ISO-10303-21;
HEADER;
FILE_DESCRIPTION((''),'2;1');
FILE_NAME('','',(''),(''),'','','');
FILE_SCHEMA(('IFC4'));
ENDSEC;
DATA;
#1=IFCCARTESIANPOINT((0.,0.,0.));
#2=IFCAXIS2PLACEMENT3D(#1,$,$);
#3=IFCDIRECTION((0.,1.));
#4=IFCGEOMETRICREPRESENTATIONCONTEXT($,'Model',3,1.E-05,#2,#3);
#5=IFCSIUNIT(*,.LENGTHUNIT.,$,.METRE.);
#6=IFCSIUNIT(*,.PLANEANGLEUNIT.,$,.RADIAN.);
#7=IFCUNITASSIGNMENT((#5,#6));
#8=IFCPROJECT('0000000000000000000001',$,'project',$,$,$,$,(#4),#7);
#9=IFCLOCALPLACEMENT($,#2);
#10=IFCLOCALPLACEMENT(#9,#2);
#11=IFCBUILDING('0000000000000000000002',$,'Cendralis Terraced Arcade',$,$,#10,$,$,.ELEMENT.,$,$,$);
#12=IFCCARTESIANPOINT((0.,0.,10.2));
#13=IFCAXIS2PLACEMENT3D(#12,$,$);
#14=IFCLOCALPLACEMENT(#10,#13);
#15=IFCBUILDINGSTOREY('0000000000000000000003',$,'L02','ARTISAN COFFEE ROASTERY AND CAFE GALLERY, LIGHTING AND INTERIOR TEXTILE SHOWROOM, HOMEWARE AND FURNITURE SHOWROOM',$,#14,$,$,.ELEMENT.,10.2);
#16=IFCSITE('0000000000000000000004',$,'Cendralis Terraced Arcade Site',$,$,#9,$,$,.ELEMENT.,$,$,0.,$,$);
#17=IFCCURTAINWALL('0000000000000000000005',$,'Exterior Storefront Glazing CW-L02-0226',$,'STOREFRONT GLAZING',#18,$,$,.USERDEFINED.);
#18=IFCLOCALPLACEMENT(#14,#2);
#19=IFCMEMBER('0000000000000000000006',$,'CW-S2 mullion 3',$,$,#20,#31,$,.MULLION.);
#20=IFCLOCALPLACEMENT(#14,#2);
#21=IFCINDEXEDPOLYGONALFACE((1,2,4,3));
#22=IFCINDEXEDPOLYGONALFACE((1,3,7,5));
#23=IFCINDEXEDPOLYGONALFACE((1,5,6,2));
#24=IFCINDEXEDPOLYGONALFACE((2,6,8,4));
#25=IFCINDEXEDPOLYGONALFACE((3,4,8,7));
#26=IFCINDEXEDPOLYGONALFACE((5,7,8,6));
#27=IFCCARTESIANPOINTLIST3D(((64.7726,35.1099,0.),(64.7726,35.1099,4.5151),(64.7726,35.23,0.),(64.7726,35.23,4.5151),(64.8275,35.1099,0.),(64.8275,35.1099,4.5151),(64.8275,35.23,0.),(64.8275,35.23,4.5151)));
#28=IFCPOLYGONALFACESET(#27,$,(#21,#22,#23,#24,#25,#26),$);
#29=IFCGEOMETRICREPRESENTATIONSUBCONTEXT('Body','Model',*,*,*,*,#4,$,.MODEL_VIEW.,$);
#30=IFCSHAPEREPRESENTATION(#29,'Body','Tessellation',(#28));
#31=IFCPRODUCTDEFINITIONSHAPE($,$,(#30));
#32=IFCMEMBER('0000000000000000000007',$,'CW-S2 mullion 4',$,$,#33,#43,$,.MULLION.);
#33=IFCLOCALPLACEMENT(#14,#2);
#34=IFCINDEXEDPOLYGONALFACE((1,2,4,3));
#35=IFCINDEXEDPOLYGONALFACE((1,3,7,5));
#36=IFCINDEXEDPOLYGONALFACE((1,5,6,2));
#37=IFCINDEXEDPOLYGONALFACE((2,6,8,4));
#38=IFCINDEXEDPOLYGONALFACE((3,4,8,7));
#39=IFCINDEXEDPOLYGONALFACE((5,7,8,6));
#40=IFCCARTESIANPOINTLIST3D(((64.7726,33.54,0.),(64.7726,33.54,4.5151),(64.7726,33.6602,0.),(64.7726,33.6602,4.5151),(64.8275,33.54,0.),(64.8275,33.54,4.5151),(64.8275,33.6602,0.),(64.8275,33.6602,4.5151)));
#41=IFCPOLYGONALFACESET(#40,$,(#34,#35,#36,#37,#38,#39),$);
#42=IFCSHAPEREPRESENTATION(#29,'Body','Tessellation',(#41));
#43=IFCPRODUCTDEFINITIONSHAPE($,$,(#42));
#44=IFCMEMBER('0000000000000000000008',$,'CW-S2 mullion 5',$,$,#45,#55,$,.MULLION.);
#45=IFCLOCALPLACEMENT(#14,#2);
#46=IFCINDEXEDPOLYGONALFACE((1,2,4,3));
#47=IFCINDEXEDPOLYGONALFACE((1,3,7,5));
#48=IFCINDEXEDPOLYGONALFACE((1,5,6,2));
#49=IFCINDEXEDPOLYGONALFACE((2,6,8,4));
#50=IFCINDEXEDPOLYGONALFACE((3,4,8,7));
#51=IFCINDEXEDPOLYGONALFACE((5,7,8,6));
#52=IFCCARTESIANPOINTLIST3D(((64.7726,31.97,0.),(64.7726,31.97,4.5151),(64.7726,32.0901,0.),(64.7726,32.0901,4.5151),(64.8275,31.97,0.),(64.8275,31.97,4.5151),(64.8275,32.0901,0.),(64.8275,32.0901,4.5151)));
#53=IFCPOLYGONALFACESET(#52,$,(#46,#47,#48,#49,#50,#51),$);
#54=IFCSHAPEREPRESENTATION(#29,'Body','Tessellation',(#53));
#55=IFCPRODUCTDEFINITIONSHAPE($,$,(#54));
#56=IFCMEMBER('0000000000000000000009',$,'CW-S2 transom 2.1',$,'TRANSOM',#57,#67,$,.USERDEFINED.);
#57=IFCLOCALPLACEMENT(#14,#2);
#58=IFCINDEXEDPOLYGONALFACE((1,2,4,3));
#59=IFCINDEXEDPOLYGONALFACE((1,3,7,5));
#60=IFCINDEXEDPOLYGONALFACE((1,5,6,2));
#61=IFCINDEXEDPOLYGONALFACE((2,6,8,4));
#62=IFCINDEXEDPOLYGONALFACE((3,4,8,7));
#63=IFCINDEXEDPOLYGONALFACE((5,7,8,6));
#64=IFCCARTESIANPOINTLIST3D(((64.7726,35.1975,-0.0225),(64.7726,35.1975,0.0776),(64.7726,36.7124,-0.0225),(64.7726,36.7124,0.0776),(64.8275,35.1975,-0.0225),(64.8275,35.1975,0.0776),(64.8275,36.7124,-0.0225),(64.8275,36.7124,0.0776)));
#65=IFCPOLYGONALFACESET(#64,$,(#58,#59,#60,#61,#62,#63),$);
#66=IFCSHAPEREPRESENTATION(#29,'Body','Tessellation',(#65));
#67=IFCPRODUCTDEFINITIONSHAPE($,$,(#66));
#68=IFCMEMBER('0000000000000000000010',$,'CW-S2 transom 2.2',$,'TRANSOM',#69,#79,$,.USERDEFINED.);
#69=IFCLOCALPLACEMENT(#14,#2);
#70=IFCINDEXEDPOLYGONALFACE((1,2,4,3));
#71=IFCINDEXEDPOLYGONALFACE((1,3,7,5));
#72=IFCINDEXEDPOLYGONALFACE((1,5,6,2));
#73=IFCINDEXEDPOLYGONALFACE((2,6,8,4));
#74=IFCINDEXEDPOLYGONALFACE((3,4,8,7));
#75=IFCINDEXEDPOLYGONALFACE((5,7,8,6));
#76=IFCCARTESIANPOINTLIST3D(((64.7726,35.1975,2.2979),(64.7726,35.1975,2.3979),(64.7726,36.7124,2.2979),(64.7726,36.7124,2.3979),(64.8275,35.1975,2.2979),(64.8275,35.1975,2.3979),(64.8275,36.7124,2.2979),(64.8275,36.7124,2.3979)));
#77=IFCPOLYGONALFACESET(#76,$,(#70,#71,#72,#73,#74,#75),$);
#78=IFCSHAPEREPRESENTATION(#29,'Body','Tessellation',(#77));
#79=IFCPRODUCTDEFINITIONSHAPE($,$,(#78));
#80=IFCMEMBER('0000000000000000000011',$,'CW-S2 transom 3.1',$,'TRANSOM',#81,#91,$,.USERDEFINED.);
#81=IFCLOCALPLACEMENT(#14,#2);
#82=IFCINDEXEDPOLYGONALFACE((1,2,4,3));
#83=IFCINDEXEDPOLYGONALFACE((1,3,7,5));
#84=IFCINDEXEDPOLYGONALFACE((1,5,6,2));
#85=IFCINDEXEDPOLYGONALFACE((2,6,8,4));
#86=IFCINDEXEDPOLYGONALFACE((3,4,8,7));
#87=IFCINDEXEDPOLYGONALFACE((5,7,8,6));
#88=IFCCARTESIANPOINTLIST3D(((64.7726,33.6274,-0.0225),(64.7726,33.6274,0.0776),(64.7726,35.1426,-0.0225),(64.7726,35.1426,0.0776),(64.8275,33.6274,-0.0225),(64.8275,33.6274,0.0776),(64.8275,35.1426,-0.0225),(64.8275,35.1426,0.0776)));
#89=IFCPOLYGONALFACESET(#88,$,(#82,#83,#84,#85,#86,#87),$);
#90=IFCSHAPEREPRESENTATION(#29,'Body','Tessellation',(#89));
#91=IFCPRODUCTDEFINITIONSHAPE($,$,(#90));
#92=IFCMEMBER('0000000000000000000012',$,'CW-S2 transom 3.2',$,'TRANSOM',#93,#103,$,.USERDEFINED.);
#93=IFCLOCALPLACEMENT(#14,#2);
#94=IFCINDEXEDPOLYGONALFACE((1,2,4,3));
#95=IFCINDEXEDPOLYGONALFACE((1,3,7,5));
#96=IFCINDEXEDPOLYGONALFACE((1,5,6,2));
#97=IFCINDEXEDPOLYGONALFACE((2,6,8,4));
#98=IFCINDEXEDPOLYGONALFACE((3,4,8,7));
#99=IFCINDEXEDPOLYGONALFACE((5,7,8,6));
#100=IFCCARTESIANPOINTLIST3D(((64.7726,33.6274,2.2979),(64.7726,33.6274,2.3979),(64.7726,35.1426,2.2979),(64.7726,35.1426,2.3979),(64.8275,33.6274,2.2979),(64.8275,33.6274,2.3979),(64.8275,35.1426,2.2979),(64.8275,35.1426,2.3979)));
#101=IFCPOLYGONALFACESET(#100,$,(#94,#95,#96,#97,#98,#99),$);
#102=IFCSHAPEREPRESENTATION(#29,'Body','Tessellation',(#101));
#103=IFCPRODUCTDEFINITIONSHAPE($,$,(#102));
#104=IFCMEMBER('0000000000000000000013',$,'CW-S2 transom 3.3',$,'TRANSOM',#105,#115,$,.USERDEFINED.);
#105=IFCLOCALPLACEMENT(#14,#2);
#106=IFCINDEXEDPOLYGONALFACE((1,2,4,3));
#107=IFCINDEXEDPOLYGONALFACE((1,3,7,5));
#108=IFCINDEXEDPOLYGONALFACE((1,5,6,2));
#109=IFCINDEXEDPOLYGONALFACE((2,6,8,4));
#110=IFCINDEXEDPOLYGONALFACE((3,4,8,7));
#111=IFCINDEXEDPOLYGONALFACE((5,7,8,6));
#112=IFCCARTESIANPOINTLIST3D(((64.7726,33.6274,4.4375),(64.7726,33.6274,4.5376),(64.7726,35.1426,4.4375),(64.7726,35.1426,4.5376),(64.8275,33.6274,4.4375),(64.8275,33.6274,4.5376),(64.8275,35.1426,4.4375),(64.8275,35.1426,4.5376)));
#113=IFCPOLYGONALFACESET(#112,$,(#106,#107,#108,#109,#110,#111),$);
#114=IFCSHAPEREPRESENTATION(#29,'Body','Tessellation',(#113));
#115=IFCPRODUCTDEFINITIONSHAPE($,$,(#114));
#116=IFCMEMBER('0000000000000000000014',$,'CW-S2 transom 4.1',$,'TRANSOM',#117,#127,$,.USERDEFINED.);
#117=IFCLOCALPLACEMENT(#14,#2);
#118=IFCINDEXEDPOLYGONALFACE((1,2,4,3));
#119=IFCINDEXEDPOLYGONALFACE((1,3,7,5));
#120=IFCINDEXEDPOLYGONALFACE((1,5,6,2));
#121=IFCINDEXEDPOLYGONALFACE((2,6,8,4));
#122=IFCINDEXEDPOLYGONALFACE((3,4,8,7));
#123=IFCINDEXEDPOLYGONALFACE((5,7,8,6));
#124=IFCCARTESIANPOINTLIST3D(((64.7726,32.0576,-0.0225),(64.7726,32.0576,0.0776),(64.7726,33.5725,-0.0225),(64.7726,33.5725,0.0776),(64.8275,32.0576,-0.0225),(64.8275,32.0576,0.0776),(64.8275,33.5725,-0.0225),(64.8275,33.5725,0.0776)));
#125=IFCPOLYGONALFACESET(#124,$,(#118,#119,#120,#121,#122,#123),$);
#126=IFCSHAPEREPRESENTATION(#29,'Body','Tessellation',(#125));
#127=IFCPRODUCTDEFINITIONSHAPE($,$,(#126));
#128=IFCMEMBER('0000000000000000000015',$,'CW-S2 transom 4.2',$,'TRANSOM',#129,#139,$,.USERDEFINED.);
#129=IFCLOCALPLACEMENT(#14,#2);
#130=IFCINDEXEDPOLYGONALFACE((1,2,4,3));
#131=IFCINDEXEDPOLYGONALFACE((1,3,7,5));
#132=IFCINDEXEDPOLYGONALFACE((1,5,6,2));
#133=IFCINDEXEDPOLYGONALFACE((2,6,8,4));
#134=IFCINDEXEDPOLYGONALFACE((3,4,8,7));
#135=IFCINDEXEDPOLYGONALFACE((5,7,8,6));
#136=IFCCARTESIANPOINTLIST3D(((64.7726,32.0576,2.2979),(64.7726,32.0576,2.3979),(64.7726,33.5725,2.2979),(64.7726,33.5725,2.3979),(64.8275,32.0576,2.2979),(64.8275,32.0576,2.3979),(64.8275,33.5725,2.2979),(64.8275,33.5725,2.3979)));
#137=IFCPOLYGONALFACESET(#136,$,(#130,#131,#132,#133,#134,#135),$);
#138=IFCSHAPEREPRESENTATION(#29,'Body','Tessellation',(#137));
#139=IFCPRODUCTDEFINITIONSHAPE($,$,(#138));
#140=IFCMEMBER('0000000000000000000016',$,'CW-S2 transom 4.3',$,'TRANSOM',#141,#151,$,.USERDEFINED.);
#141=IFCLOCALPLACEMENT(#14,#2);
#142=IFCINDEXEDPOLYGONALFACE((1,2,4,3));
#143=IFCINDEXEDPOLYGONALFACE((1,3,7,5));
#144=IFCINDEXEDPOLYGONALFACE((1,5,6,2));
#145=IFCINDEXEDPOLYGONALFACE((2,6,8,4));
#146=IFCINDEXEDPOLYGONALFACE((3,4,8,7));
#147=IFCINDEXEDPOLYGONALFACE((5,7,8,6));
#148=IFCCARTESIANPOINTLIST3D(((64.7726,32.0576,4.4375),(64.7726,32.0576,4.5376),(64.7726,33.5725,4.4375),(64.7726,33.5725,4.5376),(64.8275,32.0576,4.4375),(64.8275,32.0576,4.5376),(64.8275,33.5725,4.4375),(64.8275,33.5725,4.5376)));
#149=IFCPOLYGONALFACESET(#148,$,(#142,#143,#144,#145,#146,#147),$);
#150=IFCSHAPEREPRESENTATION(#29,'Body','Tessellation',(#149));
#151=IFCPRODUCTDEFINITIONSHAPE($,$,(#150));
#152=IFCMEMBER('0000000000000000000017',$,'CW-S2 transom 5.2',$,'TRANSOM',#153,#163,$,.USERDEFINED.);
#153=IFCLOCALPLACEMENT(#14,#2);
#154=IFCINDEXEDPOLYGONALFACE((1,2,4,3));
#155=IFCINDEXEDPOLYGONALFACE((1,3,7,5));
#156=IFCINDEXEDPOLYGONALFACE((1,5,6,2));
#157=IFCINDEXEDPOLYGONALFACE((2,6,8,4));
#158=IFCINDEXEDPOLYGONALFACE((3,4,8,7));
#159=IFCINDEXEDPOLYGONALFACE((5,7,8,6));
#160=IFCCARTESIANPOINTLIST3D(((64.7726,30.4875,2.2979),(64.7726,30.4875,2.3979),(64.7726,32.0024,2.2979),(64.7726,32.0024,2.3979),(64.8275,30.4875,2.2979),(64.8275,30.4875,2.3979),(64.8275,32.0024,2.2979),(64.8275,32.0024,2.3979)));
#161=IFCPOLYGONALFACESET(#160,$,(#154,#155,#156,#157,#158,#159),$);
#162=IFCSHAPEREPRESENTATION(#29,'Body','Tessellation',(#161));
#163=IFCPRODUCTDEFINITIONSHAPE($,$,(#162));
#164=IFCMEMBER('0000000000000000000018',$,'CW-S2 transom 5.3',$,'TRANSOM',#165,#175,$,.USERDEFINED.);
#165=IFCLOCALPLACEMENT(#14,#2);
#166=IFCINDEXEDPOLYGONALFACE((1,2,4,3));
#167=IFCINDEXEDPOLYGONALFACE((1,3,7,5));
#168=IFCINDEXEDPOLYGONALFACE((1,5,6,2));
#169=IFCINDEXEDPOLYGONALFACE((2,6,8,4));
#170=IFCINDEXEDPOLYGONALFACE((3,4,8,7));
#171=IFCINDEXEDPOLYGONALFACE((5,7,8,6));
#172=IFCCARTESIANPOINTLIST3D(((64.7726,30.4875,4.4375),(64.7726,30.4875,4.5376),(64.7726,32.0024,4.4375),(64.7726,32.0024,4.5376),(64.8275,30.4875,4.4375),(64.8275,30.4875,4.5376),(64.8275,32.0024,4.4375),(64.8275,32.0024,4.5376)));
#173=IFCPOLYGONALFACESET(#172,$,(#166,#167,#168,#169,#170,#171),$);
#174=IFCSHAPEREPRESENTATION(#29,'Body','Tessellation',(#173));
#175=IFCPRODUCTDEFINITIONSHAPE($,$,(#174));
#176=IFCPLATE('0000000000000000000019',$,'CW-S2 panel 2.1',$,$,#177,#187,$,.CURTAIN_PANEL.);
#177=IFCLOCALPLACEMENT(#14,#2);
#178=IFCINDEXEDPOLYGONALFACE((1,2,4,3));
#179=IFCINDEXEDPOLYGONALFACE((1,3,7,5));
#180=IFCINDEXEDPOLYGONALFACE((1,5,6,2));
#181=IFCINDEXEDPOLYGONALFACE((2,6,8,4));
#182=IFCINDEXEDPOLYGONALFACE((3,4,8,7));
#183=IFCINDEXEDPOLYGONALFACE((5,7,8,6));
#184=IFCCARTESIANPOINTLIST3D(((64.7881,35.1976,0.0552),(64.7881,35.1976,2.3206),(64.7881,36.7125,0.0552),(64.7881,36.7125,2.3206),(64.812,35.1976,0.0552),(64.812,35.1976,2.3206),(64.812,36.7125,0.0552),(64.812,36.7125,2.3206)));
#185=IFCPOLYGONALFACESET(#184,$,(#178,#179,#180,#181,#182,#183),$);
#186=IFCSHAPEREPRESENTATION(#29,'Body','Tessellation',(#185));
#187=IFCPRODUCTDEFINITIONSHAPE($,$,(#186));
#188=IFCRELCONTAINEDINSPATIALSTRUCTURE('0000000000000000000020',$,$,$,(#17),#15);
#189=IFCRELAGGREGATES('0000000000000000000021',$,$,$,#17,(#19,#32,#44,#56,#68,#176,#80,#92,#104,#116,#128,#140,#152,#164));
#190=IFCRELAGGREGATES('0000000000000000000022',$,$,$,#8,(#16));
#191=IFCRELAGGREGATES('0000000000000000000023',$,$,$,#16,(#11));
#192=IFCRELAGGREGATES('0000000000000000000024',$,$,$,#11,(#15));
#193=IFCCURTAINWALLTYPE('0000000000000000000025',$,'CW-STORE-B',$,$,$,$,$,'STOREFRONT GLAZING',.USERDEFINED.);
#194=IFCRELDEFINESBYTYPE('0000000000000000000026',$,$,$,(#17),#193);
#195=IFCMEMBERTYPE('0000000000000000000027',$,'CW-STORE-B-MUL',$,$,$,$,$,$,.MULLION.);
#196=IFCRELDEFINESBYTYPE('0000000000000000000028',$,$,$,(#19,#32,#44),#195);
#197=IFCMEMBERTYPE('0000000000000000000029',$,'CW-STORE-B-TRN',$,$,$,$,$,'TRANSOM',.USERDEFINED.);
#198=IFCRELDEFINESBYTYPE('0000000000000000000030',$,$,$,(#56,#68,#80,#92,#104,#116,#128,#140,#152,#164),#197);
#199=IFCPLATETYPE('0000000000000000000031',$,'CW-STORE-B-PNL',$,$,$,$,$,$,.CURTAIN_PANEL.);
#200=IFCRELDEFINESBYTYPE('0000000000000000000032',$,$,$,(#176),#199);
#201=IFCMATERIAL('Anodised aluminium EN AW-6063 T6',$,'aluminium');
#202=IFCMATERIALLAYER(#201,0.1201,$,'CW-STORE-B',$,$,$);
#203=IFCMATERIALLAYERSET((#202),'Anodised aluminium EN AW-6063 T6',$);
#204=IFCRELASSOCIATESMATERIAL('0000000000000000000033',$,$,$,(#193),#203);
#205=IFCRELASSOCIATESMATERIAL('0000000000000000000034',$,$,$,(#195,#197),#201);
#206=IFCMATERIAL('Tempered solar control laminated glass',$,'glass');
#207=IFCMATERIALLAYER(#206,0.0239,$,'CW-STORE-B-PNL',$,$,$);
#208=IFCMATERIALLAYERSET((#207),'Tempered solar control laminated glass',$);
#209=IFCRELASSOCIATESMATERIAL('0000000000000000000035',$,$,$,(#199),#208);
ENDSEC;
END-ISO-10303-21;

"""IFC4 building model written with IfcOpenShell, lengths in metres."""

from ifc_helpers import new_model, si_unit, direction, frame, origin, origin_2d, place, context, subcontext, project, spatial, rectangle, extrude, material, layer, layer_set, material_profile, profile_set, type_object, element, aggregate, save


model = new_model("IFC4")

# Units and contexts
model_context = context("Model", 3, precision=1e-05, world=origin(), true_north=direction((0.0, 1.0)))
body_context = subcontext(model_context, "Body", "Model", "MODEL_VIEW")
ifc_project = project(units=[si_unit("LENGTHUNIT", "METRE"), si_unit("PLANEANGLEUNIT", "RADIAN")], contexts=[model_context])

# Site, building, storey
site_placement = place(None, origin())
site = spatial("IfcSite", under=ifc_project, at=site_placement, Name="Cendralis Terraced Arcade Site", CompositionType="ELEMENT", RefElevation=0.0)
building_placement = place(site_placement, origin())
building = spatial("IfcBuilding", under=site, at=building_placement, Name="Cendralis Terraced Arcade", CompositionType="ELEMENT")
storey_placement = place(building_placement, frame((0.0, 0.0, 10.2)))
storey = spatial("IfcBuildingStorey", under=building, at=storey_placement, Name="L02", Description="ARTISAN COFFEE ROASTERY AND CAFE GALLERY, LIGHTING AND INTERIOR TEXTILE SHOWROOM, HOMEWARE AND FURNITURE SHOWROOM", CompositionType="ELEMENT", Elevation=10.2)

# Curtain wall, members, plate
ifc_material_1 = material(Name="Anodised aluminium EN AW-6063 T6", Category="aluminium")
ifc_layer_1 = layer(ifc_material_1, 0.1201, Name="CW-STORE-B")
ifc_layer_set_1 = layer_set([ifc_layer_1], Name="Anodised aluminium EN AW-6063 T6")
curtain_wall_type = type_object("IfcCurtainWallType", Name="CW-STORE-B", ElementType="STOREFRONT GLAZING", PredefinedType="USERDEFINED", material=ifc_layer_set_1)
curtain_wall_placement = place(storey_placement, origin())
curtain_wall = element("IfcCurtainWall", 1, at=curtain_wall_placement, inside=storey, type_object=curtain_wall_type, Name="Exterior Storefront Glazing CW-L02-0226", ObjectType="STOREFRONT GLAZING", PredefinedType="USERDEFINED")
ifc_material_profile_1 = material_profile(ifc_material_1, rectangle(XDim=0.0549, YDim=0.1201, at=origin_2d()), Name="ALU-MUL-55x120")
ifc_profile_set_1 = profile_set([ifc_material_profile_1], Name="Anodised aluminium EN AW-6063 T6")
member_type_1 = type_object("IfcMemberType", Name="CW-STORE-B-MUL", PredefinedType="MULLION", material=ifc_profile_set_1)
member_1_placement = place(storey_placement, frame((64.8, 35.1699, 0.0), z_axis=(0.0, 0.0, 1.0), x_axis=(1.0, 0.0, 0.0)))
member_1 = element("IfcMember", 2, at=member_1_placement, type_object=member_type_1, Name="CW-S2 mullion 3", PredefinedType="MULLION", context=body_context, shape_type="SweptSolid", body=[
    extrude(rectangle(XDim=0.0549, YDim=0.1201, at=origin_2d()), origin(), (0.0, 0.0, 1.0), 4.5151),
])
member_2_placement = place(storey_placement, frame((64.8, 33.6001, 0.0), z_axis=(0.0, 0.0, 1.0), x_axis=(1.0, 0.0, 0.0)))
member_2 = element("IfcMember", 3, at=member_2_placement, type_object=member_type_1, Name="CW-S2 mullion 4", PredefinedType="MULLION", context=body_context, shape_type="SweptSolid", body=[
    extrude(rectangle(XDim=0.0549, YDim=0.1201, at=origin_2d()), origin(), (0.0, 0.0, 1.0), 4.5151),
])
member_3_placement = place(storey_placement, frame((64.8, 32.03, 0.0), z_axis=(0.0, 0.0, 1.0), x_axis=(1.0, 0.0, 0.0)))
member_3 = element("IfcMember", 4, at=member_3_placement, type_object=member_type_1, Name="CW-S2 mullion 5", PredefinedType="MULLION", context=body_context, shape_type="SweptSolid", body=[
    extrude(rectangle(XDim=0.0549, YDim=0.1201, at=origin_2d()), origin(), (0.0, 0.0, 1.0), 4.5151),
])
ifc_material_profile_2 = material_profile(ifc_material_1, rectangle(XDim=0.0549, YDim=0.1001, at=origin_2d()), Name="ALU-TRN-55x100")
ifc_profile_set_2 = profile_set([ifc_material_profile_2], Name="Anodised aluminium EN AW-6063 T6")
member_type_2 = type_object("IfcMemberType", Name="CW-STORE-B-TRN", ElementType="TRANSOM", PredefinedType="USERDEFINED", material=ifc_profile_set_2)
member_4_placement = place(storey_placement, frame((64.8, 36.7124, 0.0276), z_axis=(0.0, -1.0, 0.0), x_axis=(1.0, 0.0, 0.0)))
member_4 = element("IfcMember", 5, at=member_4_placement, type_object=member_type_2, Name="CW-S2 transom 2.1", ObjectType="TRANSOM", PredefinedType="USERDEFINED", context=body_context, shape_type="SweptSolid", body=[
    extrude(rectangle(XDim=0.0549, YDim=0.1001, at=origin_2d()), origin(), (0.0, 0.0, 1.0), 1.5149),
])
member_5_placement = place(storey_placement, frame((64.8, 36.7124, 2.3479), z_axis=(0.0, -1.0, 0.0), x_axis=(1.0, 0.0, 0.0)))
member_5 = element("IfcMember", 6, at=member_5_placement, type_object=member_type_2, Name="CW-S2 transom 2.2", ObjectType="TRANSOM", PredefinedType="USERDEFINED", context=body_context, shape_type="SweptSolid", body=[
    extrude(rectangle(XDim=0.0549, YDim=0.1001, at=origin_2d()), origin(), (0.0, 0.0, 1.0), 1.5149),
])
member_6_placement = place(storey_placement, frame((64.8, 35.1426, 0.0276), z_axis=(0.0, -1.0, 0.0), x_axis=(1.0, 0.0, 0.0)))
member_6 = element("IfcMember", 7, at=member_6_placement, type_object=member_type_2, Name="CW-S2 transom 3.1", ObjectType="TRANSOM", PredefinedType="USERDEFINED", context=body_context, shape_type="SweptSolid", body=[
    extrude(rectangle(XDim=0.0549, YDim=0.1001, at=origin_2d()), origin(), (0.0, 0.0, 1.0), 1.5151),
])
member_7_placement = place(storey_placement, frame((64.8, 35.1426, 2.3479), z_axis=(0.0, -1.0, 0.0), x_axis=(1.0, 0.0, 0.0)))
member_7 = element("IfcMember", 8, at=member_7_placement, type_object=member_type_2, Name="CW-S2 transom 3.2", ObjectType="TRANSOM", PredefinedType="USERDEFINED", context=body_context, shape_type="SweptSolid", body=[
    extrude(rectangle(XDim=0.0549, YDim=0.1001, at=origin_2d()), origin(), (0.0, 0.0, 1.0), 1.5151),
])
member_8_placement = place(storey_placement, frame((64.8, 35.1426, 4.4875), z_axis=(0.0, -1.0, 0.0), x_axis=(1.0, 0.0, 0.0)))
member_8 = element("IfcMember", 9, at=member_8_placement, type_object=member_type_2, Name="CW-S2 transom 3.3", ObjectType="TRANSOM", PredefinedType="USERDEFINED", context=body_context, shape_type="SweptSolid", body=[
    extrude(rectangle(XDim=0.0549, YDim=0.1001, at=origin_2d()), origin(), (0.0, 0.0, 1.0), 1.5151),
])
member_9_placement = place(storey_placement, frame((64.8, 33.5725, 0.0276), z_axis=(0.0, -1.0, 0.0), x_axis=(1.0, 0.0, 0.0)))
member_9 = element("IfcMember", 10, at=member_9_placement, type_object=member_type_2, Name="CW-S2 transom 4.1", ObjectType="TRANSOM", PredefinedType="USERDEFINED", context=body_context, shape_type="SweptSolid", body=[
    extrude(rectangle(XDim=0.0549, YDim=0.1001, at=origin_2d()), origin(), (0.0, 0.0, 1.0), 1.5149),
])
member_10_placement = place(storey_placement, frame((64.8, 33.5725, 2.3479), z_axis=(0.0, -1.0, 0.0), x_axis=(1.0, 0.0, 0.0)))
member_10 = element("IfcMember", 11, at=member_10_placement, type_object=member_type_2, Name="CW-S2 transom 4.2", ObjectType="TRANSOM", PredefinedType="USERDEFINED", context=body_context, shape_type="SweptSolid", body=[
    extrude(rectangle(XDim=0.0549, YDim=0.1001, at=origin_2d()), origin(), (0.0, 0.0, 1.0), 1.5149),
])
member_11_placement = place(storey_placement, frame((64.8, 33.5725, 4.4875), z_axis=(0.0, -1.0, 0.0), x_axis=(1.0, 0.0, 0.0)))
member_11 = element("IfcMember", 12, at=member_11_placement, type_object=member_type_2, Name="CW-S2 transom 4.3", ObjectType="TRANSOM", PredefinedType="USERDEFINED", context=body_context, shape_type="SweptSolid", body=[
    extrude(rectangle(XDim=0.0549, YDim=0.1001, at=origin_2d()), origin(), (0.0, 0.0, 1.0), 1.5149),
])
member_12_placement = place(storey_placement, frame((64.8, 32.0024, 2.3479), z_axis=(0.0, -1.0, 0.0), x_axis=(1.0, 0.0, 0.0)))
member_12 = element("IfcMember", 13, at=member_12_placement, type_object=member_type_2, Name="CW-S2 transom 5.2", ObjectType="TRANSOM", PredefinedType="USERDEFINED", context=body_context, shape_type="SweptSolid", body=[
    extrude(rectangle(XDim=0.0549, YDim=0.1001, at=origin_2d()), origin(), (0.0, 0.0, 1.0), 1.5149),
])
member_13_placement = place(storey_placement, frame((64.8, 32.0024, 4.4875), z_axis=(0.0, -1.0, 0.0), x_axis=(1.0, 0.0, 0.0)))
member_13 = element("IfcMember", 14, at=member_13_placement, type_object=member_type_2, Name="CW-S2 transom 5.3", ObjectType="TRANSOM", PredefinedType="USERDEFINED", context=body_context, shape_type="SweptSolid", body=[
    extrude(rectangle(XDim=0.0549, YDim=0.1001, at=origin_2d()), origin(), (0.0, 0.0, 1.0), 1.5149),
])
ifc_material_2 = material(Name="Tempered solar control laminated glass", Category="glass")
ifc_layer_2 = layer(ifc_material_2, 0.0239, Name="CW-STORE-B-PNL")
ifc_layer_set_2 = layer_set([ifc_layer_2], Name="Tempered solar control laminated glass")
plate_type = type_object("IfcPlateType", Name="CW-STORE-B-PNL", PredefinedType="CURTAIN_PANEL", material=ifc_layer_set_2)
plate_1_placement = place(storey_placement, frame((64.8, 35.9551, 0.0552), z_axis=(0.0, 0.0, 1.0), x_axis=(0.0, -1.0, 0.0)))
plate_1 = element("IfcPlate", 15, at=plate_1_placement, type_object=plate_type, Name="CW-S2 panel 2.1", PredefinedType="CURTAIN_PANEL", context=body_context, shape_type="SweptSolid", body=[
    extrude(rectangle(XDim=1.5149, YDim=0.0239, at=origin_2d()), origin(), (0.0, 0.0, 1.0), 2.2654),
])
aggregate(curtain_wall, [member_1, member_2, member_3, member_4, member_5, plate_1, member_6, member_7, member_8, member_9, member_10, member_11, member_12, member_13])

save(model, "model.ifc")
